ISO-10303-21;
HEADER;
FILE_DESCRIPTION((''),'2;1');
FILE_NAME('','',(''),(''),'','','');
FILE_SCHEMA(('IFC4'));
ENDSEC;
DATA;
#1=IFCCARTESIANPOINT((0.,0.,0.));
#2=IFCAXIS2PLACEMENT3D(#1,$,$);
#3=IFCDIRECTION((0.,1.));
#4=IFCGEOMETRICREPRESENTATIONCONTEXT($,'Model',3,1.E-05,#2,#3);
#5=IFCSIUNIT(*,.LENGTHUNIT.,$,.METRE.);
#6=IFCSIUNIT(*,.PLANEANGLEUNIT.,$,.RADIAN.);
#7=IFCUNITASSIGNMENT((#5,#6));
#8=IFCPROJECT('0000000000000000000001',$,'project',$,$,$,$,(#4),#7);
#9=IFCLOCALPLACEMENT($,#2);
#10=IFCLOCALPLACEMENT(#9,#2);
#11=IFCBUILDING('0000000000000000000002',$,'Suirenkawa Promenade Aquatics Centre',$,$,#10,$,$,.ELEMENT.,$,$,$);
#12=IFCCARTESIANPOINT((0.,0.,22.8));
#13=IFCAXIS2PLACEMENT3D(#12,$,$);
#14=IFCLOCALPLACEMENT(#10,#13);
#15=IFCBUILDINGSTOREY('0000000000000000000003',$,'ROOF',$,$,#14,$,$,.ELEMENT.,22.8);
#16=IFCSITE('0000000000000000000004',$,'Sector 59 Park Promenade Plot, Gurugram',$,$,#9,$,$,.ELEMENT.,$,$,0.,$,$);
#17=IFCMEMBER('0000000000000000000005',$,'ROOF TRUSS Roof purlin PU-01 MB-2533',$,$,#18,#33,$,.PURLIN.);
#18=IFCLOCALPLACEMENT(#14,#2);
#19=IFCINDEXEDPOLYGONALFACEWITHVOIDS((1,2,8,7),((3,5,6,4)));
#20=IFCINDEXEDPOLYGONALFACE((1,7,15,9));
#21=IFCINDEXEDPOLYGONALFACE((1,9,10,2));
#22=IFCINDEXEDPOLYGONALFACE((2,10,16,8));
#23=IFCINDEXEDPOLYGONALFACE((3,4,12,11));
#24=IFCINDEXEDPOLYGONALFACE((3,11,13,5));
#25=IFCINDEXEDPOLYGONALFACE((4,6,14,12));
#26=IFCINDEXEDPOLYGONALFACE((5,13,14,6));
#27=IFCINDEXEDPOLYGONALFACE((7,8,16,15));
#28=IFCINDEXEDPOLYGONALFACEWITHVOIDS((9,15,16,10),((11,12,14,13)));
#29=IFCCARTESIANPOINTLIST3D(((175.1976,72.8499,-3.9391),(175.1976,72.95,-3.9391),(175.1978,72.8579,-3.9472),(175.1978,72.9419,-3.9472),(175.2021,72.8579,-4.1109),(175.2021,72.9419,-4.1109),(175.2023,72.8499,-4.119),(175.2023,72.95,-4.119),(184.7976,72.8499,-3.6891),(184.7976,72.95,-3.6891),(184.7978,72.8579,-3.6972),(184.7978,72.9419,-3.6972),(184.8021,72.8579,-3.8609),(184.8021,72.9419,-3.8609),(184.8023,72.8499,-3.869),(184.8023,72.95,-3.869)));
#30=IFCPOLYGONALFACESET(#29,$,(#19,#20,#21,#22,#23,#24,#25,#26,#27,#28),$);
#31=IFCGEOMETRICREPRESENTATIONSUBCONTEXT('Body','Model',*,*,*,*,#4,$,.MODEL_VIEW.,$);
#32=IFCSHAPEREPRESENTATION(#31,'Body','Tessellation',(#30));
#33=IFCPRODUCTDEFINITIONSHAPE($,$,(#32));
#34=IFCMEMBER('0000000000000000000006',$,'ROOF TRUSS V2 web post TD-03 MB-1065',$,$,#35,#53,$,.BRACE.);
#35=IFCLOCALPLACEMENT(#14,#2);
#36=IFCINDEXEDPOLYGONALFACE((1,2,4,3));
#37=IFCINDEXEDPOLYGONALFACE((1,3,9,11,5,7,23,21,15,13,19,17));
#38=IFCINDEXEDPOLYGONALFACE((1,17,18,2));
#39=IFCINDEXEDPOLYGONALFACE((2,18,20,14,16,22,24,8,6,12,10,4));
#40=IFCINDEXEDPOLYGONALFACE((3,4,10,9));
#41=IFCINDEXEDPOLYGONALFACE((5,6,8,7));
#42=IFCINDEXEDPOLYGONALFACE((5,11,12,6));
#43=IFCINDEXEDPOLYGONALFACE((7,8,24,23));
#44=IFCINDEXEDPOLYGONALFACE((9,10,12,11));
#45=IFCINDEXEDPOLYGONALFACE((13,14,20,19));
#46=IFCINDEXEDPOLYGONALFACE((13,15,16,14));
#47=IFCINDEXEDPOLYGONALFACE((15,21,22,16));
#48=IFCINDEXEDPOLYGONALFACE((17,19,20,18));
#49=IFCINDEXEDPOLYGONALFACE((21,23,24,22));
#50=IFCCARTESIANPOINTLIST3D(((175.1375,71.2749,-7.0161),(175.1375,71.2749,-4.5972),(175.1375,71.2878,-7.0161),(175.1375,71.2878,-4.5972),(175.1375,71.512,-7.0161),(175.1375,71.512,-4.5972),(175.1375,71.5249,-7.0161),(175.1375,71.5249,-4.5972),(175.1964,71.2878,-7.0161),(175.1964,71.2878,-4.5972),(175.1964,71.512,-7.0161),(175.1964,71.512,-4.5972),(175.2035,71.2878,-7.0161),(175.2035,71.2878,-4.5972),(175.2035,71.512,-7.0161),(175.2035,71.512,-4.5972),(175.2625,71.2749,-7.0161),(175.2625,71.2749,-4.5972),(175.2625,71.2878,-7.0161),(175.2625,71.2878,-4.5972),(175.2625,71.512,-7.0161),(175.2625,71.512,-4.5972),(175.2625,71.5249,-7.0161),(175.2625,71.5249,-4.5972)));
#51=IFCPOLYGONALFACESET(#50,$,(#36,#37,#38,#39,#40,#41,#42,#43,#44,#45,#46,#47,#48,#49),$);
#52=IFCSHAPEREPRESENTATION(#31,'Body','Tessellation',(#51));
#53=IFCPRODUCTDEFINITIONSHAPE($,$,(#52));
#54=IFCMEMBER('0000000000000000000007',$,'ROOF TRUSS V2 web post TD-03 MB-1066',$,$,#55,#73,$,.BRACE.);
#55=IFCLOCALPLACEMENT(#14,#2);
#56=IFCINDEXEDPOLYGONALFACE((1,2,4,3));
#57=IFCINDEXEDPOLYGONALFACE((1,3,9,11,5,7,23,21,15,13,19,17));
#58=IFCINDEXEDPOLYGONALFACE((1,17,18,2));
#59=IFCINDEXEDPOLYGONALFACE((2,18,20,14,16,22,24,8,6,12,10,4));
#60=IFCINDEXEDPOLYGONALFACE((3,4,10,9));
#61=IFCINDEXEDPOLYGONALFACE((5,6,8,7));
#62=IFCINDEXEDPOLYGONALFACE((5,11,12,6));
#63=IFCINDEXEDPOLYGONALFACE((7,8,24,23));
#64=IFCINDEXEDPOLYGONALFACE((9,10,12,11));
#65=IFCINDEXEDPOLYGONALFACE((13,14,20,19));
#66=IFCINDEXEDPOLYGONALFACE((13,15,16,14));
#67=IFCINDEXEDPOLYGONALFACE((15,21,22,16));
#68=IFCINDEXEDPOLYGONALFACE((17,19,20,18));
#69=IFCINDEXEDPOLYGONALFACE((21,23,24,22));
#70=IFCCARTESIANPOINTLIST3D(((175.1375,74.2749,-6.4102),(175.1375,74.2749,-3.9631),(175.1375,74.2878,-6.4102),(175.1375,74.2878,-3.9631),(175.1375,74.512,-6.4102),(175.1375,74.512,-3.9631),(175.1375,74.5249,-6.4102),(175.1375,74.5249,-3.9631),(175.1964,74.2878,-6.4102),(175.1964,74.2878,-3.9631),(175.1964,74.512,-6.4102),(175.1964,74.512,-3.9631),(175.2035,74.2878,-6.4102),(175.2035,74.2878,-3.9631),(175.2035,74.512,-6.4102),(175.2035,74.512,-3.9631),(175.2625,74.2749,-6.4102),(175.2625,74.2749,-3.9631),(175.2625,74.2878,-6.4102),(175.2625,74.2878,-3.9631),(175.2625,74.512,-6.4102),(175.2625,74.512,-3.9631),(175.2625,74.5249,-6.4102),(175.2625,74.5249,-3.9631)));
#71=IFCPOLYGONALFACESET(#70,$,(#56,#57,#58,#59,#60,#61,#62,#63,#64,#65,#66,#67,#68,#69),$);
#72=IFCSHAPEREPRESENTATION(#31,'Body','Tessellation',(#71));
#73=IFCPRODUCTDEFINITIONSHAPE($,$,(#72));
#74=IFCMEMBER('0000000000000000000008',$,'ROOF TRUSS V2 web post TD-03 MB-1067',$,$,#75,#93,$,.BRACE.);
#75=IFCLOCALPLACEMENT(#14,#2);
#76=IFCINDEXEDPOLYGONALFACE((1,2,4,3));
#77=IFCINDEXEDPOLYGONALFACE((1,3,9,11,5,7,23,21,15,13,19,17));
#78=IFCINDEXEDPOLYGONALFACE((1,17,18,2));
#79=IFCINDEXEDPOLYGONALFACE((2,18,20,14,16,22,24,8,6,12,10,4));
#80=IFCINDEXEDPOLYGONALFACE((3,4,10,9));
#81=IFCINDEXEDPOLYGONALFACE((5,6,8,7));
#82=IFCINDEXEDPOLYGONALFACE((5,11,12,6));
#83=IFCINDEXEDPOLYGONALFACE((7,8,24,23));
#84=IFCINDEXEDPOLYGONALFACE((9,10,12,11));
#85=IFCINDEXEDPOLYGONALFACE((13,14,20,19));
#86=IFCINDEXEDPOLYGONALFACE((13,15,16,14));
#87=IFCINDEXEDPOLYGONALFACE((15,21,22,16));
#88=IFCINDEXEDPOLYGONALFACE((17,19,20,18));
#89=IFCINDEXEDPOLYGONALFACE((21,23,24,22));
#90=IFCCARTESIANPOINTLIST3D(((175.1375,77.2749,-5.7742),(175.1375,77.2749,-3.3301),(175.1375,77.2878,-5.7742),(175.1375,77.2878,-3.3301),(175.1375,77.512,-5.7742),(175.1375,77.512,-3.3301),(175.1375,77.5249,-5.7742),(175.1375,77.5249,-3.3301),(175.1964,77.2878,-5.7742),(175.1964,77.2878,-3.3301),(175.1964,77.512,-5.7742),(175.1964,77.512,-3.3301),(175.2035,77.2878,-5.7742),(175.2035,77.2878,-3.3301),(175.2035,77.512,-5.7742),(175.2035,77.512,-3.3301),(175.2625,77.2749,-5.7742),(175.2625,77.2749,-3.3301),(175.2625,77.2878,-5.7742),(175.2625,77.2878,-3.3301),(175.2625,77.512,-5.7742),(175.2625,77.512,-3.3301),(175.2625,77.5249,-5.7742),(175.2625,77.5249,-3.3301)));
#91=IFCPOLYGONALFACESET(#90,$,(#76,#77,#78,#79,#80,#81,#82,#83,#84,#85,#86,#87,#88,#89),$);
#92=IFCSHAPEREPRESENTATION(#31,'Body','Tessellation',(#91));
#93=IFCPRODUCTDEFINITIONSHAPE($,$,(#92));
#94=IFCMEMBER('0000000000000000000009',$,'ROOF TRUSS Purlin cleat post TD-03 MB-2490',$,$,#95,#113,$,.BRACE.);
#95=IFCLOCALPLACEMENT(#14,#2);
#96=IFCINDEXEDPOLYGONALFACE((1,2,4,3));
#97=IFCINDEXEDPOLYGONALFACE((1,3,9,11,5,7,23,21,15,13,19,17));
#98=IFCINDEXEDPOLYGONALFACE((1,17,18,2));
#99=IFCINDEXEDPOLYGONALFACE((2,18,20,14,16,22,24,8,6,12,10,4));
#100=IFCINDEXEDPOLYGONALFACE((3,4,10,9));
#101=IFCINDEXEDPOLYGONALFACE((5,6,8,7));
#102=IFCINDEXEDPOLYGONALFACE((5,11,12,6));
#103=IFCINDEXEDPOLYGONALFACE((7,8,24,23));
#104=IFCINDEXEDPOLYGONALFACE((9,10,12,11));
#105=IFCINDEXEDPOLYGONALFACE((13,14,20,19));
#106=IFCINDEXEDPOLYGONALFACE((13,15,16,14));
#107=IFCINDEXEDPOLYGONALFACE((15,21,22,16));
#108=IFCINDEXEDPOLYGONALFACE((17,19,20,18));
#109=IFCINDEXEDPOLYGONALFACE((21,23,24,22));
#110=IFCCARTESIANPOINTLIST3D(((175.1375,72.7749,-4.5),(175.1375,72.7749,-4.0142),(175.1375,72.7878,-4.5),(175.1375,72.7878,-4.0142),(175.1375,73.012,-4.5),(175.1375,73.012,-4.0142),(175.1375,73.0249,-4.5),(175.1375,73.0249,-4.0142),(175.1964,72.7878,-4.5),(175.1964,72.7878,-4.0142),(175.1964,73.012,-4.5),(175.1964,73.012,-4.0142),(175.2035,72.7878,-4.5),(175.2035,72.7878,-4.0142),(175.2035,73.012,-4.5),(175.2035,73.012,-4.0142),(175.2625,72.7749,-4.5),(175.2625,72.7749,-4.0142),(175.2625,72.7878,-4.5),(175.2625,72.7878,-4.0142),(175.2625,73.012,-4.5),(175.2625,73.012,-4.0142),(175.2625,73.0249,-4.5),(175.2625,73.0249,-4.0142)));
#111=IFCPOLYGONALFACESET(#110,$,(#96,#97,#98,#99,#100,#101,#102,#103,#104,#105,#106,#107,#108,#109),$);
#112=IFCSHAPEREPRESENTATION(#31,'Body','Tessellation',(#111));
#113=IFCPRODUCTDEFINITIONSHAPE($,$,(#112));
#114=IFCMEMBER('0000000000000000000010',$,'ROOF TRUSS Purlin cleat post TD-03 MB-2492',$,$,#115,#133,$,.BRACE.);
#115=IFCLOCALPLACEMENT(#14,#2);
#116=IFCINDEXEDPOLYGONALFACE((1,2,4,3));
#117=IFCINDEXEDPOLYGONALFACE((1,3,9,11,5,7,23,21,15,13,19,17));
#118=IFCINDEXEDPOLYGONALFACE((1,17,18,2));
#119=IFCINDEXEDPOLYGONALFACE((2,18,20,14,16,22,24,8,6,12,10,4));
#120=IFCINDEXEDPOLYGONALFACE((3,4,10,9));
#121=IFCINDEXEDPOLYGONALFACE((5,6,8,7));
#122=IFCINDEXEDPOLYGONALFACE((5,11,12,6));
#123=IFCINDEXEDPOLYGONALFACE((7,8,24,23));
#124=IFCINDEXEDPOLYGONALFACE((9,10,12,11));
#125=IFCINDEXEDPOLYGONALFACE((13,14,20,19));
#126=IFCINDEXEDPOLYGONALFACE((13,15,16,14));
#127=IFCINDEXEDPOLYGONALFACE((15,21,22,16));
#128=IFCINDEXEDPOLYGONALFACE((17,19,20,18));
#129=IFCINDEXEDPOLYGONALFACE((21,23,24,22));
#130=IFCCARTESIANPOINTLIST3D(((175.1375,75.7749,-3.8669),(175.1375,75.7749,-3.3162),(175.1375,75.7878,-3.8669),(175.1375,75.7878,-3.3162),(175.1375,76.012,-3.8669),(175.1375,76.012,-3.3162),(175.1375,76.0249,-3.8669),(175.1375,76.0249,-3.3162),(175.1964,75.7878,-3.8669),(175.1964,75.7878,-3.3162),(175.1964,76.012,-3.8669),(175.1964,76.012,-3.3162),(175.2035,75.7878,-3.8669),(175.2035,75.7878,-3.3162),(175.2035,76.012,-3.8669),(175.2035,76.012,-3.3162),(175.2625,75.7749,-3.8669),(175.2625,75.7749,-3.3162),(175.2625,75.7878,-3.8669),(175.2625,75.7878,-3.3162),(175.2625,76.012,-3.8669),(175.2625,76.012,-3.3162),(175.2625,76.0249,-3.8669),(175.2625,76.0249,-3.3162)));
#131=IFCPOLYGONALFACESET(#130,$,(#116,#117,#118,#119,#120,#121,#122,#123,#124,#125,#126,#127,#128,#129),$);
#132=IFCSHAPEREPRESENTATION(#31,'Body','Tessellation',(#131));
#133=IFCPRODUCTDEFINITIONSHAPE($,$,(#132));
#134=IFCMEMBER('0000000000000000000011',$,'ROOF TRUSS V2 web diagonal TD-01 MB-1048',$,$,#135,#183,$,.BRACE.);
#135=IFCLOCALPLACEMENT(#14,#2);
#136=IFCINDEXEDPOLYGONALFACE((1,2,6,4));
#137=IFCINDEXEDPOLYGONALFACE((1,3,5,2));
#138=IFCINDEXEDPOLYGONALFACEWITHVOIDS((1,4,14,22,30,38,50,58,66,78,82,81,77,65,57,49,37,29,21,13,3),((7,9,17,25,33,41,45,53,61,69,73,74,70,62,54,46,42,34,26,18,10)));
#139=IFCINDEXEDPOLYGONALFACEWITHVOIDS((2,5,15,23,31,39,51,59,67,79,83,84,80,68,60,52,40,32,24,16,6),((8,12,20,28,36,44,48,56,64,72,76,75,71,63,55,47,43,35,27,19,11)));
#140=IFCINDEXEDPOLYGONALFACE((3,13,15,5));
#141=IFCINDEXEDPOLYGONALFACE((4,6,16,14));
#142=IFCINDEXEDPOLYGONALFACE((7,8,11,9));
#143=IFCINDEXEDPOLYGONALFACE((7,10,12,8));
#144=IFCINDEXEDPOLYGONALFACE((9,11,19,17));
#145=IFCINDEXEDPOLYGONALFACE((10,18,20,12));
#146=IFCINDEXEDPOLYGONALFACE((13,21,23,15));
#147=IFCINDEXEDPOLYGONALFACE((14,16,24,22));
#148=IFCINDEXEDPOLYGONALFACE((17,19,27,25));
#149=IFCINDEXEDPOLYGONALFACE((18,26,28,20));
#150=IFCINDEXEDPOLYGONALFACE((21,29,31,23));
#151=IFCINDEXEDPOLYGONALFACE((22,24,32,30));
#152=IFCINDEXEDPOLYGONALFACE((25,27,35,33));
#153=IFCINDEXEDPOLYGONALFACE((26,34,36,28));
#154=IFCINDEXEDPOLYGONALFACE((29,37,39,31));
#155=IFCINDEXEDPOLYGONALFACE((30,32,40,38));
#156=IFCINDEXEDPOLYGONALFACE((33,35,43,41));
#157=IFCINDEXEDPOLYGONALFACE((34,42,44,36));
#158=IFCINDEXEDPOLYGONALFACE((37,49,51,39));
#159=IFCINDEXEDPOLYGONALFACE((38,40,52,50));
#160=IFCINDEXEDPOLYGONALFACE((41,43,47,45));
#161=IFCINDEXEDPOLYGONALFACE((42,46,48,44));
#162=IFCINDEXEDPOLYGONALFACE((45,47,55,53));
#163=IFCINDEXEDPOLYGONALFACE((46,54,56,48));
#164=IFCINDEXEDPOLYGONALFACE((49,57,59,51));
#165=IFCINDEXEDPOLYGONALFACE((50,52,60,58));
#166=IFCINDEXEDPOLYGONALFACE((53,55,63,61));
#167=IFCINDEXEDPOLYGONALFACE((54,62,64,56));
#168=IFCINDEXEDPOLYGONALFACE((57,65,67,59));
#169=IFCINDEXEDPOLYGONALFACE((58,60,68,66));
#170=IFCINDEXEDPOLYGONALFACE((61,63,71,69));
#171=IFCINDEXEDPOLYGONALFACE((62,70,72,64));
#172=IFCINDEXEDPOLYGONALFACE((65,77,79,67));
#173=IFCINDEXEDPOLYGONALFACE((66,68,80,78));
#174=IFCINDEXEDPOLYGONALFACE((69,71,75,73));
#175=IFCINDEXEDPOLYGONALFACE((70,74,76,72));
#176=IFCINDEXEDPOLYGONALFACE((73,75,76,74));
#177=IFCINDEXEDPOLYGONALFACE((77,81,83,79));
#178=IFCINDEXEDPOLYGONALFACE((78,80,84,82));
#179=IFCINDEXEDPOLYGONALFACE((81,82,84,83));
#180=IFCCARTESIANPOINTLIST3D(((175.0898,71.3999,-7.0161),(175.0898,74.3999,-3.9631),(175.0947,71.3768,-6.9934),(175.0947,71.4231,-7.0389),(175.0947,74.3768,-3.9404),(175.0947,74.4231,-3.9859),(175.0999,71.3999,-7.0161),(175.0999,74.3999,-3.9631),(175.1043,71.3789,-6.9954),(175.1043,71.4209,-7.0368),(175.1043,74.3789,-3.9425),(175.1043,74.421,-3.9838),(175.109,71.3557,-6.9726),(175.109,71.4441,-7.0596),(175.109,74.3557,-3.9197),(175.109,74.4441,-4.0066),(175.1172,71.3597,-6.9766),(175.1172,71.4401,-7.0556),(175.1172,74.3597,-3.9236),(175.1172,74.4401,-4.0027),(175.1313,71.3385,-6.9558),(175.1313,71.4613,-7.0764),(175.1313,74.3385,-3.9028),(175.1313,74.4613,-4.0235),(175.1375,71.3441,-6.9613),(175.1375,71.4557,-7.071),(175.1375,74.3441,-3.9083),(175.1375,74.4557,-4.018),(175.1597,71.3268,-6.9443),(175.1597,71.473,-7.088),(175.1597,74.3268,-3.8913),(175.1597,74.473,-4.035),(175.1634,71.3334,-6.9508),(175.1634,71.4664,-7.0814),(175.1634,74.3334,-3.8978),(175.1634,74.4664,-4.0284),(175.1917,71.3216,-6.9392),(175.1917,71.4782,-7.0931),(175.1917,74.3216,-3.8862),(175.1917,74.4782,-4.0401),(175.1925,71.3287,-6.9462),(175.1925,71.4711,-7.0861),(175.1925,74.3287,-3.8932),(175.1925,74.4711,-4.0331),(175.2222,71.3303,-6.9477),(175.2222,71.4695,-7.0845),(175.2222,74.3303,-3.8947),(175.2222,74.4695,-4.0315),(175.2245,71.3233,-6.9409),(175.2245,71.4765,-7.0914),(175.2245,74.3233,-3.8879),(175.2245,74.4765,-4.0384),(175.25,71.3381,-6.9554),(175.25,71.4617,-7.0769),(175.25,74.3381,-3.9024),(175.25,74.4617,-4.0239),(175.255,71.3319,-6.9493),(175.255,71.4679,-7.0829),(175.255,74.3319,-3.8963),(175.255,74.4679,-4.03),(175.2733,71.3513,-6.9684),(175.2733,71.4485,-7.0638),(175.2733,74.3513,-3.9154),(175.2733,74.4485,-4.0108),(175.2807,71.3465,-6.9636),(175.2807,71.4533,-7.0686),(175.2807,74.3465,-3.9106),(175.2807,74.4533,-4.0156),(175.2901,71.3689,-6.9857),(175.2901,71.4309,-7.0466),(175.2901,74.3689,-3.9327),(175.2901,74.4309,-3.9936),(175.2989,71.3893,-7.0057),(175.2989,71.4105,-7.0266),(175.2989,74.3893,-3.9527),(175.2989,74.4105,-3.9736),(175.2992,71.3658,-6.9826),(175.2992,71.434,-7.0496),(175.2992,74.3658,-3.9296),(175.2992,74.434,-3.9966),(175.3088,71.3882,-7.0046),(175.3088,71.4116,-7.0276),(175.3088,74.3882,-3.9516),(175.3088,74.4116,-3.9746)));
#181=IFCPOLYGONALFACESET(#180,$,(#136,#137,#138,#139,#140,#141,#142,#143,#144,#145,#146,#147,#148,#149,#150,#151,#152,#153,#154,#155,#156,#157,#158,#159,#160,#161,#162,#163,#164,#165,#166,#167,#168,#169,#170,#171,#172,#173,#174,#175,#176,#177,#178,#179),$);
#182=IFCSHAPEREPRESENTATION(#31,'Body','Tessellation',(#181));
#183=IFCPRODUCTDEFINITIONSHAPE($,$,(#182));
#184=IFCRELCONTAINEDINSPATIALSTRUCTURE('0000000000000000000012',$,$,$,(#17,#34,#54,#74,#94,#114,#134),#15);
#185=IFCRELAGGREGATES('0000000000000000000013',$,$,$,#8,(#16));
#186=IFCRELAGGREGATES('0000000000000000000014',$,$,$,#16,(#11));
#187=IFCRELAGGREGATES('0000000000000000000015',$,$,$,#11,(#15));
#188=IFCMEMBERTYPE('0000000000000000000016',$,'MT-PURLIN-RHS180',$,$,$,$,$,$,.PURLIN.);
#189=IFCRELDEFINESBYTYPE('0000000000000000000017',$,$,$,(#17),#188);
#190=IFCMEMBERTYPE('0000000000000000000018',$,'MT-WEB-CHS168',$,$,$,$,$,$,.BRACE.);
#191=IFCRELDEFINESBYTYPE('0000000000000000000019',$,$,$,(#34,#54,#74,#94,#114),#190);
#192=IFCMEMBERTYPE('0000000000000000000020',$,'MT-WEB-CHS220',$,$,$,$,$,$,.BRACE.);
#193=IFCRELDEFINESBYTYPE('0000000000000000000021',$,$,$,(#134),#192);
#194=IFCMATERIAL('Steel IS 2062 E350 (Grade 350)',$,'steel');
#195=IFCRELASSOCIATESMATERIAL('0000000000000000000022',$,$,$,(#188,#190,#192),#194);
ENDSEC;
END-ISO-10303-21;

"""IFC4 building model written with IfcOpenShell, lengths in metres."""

from ifc_helpers import new_model, si_unit, direction, frame, origin, origin_2d, place, context, subcontext, project, spatial, hollow_rectangle, hollow_circle, i_section, extrude, material, material_profile, profile_set, type_object, element, save


model = new_model("IFC4")

# Units and contexts
model_context = context("Model", 3, precision=1e-05, world=origin(), true_north=direction((0.0, 1.0)))
body_context = subcontext(model_context, "Body", "Model", "MODEL_VIEW")
ifc_project = project(units=[si_unit("LENGTHUNIT", "METRE"), si_unit("PLANEANGLEUNIT", "RADIAN")], contexts=[model_context])

# Site, building, storey
site_placement = place(None, origin())
site = spatial("IfcSite", under=ifc_project, at=site_placement, Name="Sector 59 Park Promenade Plot, Gurugram", CompositionType="ELEMENT", RefElevation=0.0)
building_placement = place(site_placement, origin())
building = spatial("IfcBuilding", under=site, at=building_placement, Name="Suirenkawa Promenade Aquatics Centre", CompositionType="ELEMENT")
storey_placement = place(building_placement, frame((0.0, 0.0, 22.8)))
storey = spatial("IfcBuildingStorey", under=building, at=storey_placement, Name="ROOF", CompositionType="ELEMENT", Elevation=22.8)

# Shared definitions
ifc_material = material(Name="Steel IS 2062 E350 (Grade 350)", Category="steel")

# Members
ifc_material_profile_1 = material_profile(ifc_material, hollow_rectangle(XDim=0.1001, YDim=0.1799, WallThickness=0.0081, at=origin_2d()), Name="RHS 180x100x8", Category="steel")
ifc_profile_set_1 = profile_set([ifc_material_profile_1], Name="Steel IS 2062 E350 (Grade 350)")
member_type_1 = type_object("IfcMemberType", Name="MT-PURLIN-RHS180", PredefinedType="PURLIN", material=ifc_profile_set_1)
member_1_placement = place(storey_placement, frame((175.2, 72.8999, -4.0291), z_axis=(0.999661, 0.0, 0.026033), x_axis=(0.0, 1.0, 0.0)))
element("IfcMember", 1, at=member_1_placement, inside=storey, type_object=member_type_1, Name="ROOF TRUSS Roof purlin PU-01 MB-2533", PredefinedType="PURLIN", context=body_context, shape_type="SweptSolid", body=[
    extrude(hollow_rectangle(XDim=0.1001, YDim=0.1799, WallThickness=0.0081, at=origin_2d()), origin(), (0.0, 0.0, 1.0), 9.6033),
])
ifc_material_profile_2 = material_profile(ifc_material, i_section(OverallWidth=0.125, OverallDepth=0.25, WebThickness=0.0071, FlangeThickness=0.0129, at=origin_2d()), Name="ISMB 250", Category="steel")
ifc_profile_set_2 = profile_set([ifc_material_profile_2], Name="Steel IS 2062 E350 (Grade 350)")
member_type_2 = type_object("IfcMemberType", Name="MT-WEB-CHS168", PredefinedType="BRACE", material=ifc_profile_set_2)
member_2_placement = place(storey_placement, frame((175.2, 71.3999, -7.0161), z_axis=(0.0, 0.0, 1.0), x_axis=(1.0, 0.0, 0.0)))
element("IfcMember", 2, at=member_2_placement, inside=storey, type_object=member_type_2, Name="ROOF TRUSS V2 web post TD-03 MB-1065", PredefinedType="BRACE", context=body_context, shape_type="SweptSolid", body=[
    extrude(i_section(OverallWidth=0.125, OverallDepth=0.25, WebThickness=0.0071, FlangeThickness=0.0129, at=origin_2d()), origin(), (0.0, 0.0, 1.0), 2.4189),
])
member_3_placement = place(storey_placement, frame((175.2, 74.3999, -6.4102), z_axis=(0.0, 0.0, 1.0), x_axis=(1.0, 0.0, 0.0)))
element("IfcMember", 3, at=member_3_placement, inside=storey, type_object=member_type_2, Name="ROOF TRUSS V2 web post TD-03 MB-1066", PredefinedType="BRACE", context=body_context, shape_type="SweptSolid", body=[
    extrude(i_section(OverallWidth=0.125, OverallDepth=0.25, WebThickness=0.0071, FlangeThickness=0.0129, at=origin_2d()), origin(), (0.0, 0.0, 1.0), 2.447),
])
member_4_placement = place(storey_placement, frame((175.2, 77.3999, -5.7742), z_axis=(0.0, 0.0, 1.0), x_axis=(1.0, 0.0, 0.0)))
element("IfcMember", 4, at=member_4_placement, inside=storey, type_object=member_type_2, Name="ROOF TRUSS V2 web post TD-03 MB-1067", PredefinedType="BRACE", context=body_context, shape_type="SweptSolid", body=[
    extrude(i_section(OverallWidth=0.125, OverallDepth=0.25, WebThickness=0.0071, FlangeThickness=0.0129, at=origin_2d()), origin(), (0.0, 0.0, 1.0), 2.4441),
])
member_5_placement = place(storey_placement, frame((175.2, 72.8999, -4.5), z_axis=(0.0, 0.0, 1.0), x_axis=(1.0, 0.0, 0.0)))
element("IfcMember", 5, at=member_5_placement, inside=storey, type_object=member_type_2, Name="ROOF TRUSS Purlin cleat post TD-03 MB-2490", PredefinedType="BRACE", context=body_context, shape_type="SweptSolid", body=[
    extrude(i_section(OverallWidth=0.125, OverallDepth=0.25, WebThickness=0.0071, FlangeThickness=0.0129, at=origin_2d()), origin(), (0.0, 0.0, 1.0), 0.4858),
])
member_6_placement = place(storey_placement, frame((175.2, 75.8999, -3.8669), z_axis=(0.0, 0.0, 1.0), x_axis=(1.0, 0.0, 0.0)))
element("IfcMember", 6, at=member_6_placement, inside=storey, type_object=member_type_2, Name="ROOF TRUSS Purlin cleat post TD-03 MB-2492", PredefinedType="BRACE", context=body_context, shape_type="SweptSolid", body=[
    extrude(i_section(OverallWidth=0.125, OverallDepth=0.25, WebThickness=0.0071, FlangeThickness=0.0129, at=origin_2d()), origin(), (0.0, 0.0, 1.0), 0.5508),
])
ifc_material_profile_3 = material_profile(ifc_material, hollow_circle(Radius=0.1101, WallThickness=0.01, at=origin_2d()), Name="CHS 220x10", Category="steel")
ifc_profile_set_3 = profile_set([ifc_material_profile_3], Name="Steel IS 2062 E350 (Grade 350)")
member_type_3 = type_object("IfcMemberType", Name="MT-WEB-CHS220", PredefinedType="BRACE", material=ifc_profile_set_3)
member_7_placement = place(storey_placement, frame((175.2, 71.3999, -7.0161), z_axis=(0.0, 0.700891, 0.713268), x_axis=(-1.0, 0.0, 0.0)))
element("IfcMember", 7, at=member_7_placement, inside=storey, type_object=member_type_3, Name="ROOF TRUSS V2 web diagonal TD-01 MB-1048", PredefinedType="BRACE", context=body_context, shape_type="SweptSolid", body=[
    extrude(hollow_circle(Radius=0.1101, WallThickness=0.01, at=origin_2d()), origin(), (0.0, 0.0, 1.0), 4.2803),
])

save(model, "model.ifc")
